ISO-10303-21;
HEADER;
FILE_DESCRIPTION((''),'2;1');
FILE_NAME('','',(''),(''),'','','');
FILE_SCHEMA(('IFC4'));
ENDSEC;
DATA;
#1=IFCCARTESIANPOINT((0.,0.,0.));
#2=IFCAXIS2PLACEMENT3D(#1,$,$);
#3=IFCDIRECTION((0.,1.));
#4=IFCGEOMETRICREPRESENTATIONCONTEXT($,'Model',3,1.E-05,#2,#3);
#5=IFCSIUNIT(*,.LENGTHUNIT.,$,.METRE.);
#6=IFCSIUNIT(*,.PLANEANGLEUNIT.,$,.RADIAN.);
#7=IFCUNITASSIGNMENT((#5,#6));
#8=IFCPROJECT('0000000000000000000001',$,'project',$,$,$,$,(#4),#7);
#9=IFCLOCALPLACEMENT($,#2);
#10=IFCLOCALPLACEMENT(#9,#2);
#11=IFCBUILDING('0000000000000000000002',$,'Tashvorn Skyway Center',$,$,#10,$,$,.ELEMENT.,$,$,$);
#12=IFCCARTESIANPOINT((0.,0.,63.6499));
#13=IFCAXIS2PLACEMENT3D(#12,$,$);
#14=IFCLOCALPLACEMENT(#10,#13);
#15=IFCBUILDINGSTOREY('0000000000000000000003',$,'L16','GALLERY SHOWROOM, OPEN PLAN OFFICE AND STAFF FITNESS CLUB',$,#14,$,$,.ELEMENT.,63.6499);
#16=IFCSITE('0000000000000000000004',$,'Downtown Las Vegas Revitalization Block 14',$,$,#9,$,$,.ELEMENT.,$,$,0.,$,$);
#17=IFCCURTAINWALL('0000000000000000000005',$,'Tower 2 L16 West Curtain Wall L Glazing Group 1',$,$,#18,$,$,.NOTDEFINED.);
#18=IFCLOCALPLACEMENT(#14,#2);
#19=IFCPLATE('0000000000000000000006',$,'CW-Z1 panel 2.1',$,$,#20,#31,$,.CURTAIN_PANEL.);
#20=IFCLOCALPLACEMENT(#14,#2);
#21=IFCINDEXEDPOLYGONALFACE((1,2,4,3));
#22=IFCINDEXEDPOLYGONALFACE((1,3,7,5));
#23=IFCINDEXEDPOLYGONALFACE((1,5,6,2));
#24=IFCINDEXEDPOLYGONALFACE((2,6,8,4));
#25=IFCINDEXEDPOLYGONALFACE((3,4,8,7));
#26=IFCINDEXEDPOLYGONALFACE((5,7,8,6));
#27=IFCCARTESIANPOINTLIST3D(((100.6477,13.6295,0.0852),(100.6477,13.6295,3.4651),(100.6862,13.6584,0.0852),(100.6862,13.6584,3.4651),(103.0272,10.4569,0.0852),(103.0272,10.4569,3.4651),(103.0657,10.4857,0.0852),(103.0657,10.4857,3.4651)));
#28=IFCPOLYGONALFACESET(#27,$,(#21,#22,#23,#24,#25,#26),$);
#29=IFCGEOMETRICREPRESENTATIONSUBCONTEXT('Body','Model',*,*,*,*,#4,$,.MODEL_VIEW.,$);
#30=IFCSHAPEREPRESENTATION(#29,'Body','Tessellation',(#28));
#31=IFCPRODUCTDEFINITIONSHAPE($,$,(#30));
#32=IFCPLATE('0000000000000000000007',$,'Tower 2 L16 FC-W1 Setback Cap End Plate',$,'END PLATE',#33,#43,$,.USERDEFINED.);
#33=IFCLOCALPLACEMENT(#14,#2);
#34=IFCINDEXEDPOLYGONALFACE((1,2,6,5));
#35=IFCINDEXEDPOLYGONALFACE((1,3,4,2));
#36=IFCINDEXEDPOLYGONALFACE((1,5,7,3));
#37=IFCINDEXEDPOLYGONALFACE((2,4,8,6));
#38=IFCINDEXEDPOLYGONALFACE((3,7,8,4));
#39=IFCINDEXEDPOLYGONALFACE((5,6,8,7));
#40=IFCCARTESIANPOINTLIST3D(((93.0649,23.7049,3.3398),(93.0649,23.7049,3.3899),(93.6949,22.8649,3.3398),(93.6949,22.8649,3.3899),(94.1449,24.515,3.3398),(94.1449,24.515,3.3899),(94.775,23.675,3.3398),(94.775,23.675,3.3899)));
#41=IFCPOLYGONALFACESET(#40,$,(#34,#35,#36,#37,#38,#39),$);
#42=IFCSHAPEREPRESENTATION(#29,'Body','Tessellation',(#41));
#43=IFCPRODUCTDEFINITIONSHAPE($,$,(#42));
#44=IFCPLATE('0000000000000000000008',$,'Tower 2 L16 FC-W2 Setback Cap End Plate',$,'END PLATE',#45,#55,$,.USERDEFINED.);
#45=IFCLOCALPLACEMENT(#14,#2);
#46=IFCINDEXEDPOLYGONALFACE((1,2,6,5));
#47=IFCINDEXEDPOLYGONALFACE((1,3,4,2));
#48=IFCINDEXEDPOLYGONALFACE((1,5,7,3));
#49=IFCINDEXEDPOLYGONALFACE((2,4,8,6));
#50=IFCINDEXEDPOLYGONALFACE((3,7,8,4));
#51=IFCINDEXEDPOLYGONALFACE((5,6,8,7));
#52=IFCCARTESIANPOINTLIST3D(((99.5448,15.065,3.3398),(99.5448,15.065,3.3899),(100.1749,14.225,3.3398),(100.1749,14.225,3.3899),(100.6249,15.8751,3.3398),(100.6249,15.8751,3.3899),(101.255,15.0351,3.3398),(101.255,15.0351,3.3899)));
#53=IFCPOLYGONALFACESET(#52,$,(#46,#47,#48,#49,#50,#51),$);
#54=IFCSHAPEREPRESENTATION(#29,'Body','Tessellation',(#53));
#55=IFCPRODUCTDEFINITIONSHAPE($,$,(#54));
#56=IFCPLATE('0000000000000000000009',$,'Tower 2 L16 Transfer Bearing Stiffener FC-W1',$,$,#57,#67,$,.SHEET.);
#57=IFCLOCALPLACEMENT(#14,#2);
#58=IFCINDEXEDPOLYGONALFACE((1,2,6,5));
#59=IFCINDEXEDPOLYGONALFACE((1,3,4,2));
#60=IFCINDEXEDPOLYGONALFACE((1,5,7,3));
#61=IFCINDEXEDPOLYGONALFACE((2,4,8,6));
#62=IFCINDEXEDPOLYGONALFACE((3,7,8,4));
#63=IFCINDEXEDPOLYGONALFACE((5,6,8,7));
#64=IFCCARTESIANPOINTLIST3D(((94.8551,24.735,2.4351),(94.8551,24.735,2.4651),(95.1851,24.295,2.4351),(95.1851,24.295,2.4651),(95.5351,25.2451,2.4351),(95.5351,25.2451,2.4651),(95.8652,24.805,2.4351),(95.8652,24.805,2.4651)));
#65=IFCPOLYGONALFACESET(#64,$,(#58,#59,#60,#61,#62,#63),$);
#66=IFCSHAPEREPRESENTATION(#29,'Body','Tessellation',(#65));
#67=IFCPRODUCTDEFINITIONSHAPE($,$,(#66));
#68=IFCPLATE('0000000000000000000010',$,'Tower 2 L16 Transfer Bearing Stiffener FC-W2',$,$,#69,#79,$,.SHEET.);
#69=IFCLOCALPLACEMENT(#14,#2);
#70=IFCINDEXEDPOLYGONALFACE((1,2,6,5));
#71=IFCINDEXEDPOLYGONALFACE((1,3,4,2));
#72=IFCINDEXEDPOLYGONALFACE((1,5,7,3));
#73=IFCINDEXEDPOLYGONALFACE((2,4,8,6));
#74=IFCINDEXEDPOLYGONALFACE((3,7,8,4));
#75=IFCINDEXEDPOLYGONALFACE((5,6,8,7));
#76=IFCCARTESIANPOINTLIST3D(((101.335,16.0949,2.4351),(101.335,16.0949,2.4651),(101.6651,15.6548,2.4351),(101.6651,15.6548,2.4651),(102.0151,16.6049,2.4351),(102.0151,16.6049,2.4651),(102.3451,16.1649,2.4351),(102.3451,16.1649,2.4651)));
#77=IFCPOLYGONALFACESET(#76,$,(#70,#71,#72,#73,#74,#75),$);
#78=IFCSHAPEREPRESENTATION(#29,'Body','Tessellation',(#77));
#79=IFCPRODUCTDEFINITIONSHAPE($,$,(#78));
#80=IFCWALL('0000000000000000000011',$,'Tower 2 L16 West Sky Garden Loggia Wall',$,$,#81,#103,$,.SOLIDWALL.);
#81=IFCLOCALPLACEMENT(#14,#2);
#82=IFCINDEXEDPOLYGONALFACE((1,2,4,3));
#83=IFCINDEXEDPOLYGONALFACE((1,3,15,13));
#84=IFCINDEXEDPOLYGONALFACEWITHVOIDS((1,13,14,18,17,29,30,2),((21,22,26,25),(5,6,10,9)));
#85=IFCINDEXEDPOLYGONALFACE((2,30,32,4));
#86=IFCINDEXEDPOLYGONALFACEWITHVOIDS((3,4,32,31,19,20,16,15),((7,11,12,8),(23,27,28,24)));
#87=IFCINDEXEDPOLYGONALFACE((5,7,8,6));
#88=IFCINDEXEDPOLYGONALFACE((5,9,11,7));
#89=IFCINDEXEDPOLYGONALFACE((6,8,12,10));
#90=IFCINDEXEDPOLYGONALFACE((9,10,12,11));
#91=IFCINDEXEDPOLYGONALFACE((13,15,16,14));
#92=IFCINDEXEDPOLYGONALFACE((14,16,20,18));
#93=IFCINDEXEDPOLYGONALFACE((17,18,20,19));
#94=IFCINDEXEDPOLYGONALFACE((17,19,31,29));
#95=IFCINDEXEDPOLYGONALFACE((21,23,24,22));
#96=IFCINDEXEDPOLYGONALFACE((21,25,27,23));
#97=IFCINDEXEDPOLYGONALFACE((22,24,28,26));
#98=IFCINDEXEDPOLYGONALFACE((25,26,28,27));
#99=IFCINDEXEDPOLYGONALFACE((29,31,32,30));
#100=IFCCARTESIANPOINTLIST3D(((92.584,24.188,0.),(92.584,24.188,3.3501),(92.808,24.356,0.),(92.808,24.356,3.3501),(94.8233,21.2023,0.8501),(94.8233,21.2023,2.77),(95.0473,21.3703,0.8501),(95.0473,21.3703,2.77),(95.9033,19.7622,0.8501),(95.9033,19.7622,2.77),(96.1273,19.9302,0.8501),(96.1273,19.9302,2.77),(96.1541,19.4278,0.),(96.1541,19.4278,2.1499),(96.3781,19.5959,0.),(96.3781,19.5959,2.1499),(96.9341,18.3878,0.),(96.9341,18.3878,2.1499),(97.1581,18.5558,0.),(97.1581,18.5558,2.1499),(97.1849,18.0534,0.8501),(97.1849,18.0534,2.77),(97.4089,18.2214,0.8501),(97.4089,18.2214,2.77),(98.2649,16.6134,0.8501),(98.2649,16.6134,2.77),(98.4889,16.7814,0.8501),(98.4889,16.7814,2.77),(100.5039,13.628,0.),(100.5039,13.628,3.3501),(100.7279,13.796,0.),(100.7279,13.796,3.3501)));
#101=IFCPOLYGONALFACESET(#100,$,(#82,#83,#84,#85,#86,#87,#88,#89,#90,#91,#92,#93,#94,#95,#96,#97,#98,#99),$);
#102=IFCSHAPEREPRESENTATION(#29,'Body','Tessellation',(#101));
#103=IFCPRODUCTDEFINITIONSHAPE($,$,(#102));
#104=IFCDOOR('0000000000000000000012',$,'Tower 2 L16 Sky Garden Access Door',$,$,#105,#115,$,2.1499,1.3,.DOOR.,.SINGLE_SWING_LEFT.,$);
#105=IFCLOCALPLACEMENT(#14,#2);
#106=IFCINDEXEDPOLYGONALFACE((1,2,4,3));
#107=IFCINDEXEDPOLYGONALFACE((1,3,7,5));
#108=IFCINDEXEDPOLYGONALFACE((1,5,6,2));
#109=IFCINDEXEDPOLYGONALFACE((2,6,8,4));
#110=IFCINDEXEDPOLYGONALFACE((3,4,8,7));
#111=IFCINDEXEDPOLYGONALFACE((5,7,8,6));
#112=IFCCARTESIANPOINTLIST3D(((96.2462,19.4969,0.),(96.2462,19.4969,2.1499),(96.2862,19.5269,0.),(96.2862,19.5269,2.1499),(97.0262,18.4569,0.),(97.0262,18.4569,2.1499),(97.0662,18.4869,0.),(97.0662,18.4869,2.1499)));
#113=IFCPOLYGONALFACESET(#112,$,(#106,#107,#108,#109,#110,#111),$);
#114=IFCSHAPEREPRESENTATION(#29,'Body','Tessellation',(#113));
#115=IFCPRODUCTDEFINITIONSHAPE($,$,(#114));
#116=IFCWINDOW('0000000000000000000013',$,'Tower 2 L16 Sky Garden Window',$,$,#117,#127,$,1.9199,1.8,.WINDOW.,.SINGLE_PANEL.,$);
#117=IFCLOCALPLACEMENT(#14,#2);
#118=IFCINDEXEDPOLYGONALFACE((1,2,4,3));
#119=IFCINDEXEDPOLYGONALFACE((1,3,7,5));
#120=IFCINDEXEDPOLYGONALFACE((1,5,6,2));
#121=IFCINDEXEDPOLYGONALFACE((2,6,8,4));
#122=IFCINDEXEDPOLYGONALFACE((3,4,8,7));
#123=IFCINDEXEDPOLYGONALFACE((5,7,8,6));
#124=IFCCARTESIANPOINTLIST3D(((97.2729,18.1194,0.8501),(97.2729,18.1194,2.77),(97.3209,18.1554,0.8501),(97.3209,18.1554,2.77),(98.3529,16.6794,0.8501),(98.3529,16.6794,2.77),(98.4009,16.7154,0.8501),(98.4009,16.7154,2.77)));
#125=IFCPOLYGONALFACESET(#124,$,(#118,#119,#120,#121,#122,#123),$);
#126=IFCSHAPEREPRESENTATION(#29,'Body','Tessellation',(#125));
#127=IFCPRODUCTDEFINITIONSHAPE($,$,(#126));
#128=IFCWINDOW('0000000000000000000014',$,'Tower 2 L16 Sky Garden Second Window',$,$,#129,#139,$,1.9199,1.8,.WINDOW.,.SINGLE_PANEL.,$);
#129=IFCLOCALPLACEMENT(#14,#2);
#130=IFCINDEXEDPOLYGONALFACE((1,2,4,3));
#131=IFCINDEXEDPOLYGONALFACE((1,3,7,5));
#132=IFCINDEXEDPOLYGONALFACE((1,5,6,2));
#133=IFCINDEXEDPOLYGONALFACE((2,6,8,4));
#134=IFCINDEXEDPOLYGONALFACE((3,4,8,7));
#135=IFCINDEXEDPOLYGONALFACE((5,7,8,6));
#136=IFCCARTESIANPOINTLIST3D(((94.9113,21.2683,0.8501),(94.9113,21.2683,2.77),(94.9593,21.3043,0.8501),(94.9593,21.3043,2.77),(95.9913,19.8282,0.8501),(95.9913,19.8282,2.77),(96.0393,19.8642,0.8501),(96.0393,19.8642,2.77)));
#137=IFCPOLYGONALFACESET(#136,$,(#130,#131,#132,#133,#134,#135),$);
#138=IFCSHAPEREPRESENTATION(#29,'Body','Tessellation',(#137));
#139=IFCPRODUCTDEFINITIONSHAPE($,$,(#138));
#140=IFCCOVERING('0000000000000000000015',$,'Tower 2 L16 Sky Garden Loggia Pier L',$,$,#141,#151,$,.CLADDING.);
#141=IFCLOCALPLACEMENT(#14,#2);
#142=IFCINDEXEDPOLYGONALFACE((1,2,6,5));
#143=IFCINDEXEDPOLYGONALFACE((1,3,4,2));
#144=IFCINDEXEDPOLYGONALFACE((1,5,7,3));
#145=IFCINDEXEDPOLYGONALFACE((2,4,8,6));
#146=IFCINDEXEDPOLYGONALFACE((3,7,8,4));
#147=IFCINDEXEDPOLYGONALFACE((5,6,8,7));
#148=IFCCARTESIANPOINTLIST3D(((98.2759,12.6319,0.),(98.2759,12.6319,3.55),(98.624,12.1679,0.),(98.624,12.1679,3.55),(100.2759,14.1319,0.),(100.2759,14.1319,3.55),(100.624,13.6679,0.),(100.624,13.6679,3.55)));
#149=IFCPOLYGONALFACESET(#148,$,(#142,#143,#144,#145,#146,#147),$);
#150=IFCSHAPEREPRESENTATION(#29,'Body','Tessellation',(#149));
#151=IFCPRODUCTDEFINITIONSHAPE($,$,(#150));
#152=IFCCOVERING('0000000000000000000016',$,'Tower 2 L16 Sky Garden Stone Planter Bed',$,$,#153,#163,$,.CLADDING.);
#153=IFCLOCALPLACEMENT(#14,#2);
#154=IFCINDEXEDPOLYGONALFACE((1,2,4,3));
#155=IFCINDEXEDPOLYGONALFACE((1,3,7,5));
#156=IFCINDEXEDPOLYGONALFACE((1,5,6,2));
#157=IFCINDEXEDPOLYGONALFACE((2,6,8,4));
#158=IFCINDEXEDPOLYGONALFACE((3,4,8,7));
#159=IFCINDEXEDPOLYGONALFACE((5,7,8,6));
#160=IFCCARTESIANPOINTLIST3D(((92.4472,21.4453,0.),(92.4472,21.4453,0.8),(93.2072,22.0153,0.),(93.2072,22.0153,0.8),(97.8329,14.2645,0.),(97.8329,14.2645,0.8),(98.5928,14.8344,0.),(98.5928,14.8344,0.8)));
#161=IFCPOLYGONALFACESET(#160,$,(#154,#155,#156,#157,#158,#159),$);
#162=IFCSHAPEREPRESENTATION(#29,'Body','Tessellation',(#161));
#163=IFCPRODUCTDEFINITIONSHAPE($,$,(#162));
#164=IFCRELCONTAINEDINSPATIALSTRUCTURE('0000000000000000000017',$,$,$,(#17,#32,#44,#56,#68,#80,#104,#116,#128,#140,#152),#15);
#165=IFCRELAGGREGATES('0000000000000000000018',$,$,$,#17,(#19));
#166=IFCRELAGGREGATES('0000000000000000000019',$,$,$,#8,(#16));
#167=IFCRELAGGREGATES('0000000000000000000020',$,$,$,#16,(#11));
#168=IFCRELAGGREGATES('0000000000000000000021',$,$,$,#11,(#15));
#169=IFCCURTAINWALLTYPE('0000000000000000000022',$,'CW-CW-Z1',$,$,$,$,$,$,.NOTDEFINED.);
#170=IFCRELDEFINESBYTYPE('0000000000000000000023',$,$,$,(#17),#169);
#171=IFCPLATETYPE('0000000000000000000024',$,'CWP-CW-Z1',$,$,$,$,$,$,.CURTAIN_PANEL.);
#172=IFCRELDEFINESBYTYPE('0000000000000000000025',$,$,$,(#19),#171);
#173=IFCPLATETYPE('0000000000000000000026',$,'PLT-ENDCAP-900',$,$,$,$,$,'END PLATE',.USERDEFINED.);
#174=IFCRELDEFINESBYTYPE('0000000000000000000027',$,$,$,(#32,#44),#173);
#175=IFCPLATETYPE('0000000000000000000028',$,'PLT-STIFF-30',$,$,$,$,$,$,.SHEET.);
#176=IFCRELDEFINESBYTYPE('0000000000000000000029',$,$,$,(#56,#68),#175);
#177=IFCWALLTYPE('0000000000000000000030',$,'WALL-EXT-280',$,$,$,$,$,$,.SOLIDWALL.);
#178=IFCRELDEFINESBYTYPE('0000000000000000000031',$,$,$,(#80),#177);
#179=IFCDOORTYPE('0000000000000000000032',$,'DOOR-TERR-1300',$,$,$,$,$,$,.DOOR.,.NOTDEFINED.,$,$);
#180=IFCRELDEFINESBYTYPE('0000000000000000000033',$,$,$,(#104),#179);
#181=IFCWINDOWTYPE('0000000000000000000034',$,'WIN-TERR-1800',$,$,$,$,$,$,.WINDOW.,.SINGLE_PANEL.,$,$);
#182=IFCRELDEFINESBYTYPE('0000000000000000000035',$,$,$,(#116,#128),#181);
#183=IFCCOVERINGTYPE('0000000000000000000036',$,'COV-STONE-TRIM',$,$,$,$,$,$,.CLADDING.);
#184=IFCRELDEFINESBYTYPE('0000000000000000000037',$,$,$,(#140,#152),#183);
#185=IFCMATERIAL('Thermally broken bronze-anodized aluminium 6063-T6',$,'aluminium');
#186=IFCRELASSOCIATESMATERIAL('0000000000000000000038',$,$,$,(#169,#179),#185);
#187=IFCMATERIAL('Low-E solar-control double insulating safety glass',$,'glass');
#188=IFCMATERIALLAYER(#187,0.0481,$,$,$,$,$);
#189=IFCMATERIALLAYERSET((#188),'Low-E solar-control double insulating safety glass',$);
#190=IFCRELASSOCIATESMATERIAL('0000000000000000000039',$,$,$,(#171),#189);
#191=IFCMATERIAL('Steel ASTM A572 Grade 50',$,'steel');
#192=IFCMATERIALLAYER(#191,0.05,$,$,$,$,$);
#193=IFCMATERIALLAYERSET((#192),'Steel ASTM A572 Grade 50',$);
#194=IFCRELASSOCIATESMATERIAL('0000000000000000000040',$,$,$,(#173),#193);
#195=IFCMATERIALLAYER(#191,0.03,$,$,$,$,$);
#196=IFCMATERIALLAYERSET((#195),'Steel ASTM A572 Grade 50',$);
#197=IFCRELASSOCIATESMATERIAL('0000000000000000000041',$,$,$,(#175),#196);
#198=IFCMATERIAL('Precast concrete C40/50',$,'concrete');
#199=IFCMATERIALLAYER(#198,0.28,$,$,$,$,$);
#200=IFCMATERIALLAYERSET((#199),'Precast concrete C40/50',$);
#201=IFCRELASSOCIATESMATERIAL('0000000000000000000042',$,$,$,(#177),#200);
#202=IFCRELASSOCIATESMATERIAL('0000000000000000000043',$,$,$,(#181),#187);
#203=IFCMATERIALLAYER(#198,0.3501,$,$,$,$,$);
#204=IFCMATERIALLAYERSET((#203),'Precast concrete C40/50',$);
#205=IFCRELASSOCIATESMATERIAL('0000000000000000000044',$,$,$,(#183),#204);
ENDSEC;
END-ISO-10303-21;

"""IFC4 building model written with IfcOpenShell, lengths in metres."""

from ifc_helpers import new_model, si_unit, direction, frame, frame_2d, origin, origin_2d, place, context, subcontext, project, spatial, rectangle, extrude, material, layer, layer_set, type_object, element, fill, aggregate, save


model = new_model("IFC4")

# Units and contexts
model_context = context("Model", 3, precision=1e-05, world=origin(), true_north=direction((0.0, 1.0)))
body_context = subcontext(model_context, "Body", "Model", "MODEL_VIEW")
ifc_project = project(units=[si_unit("LENGTHUNIT", "METRE"), si_unit("PLANEANGLEUNIT", "RADIAN")], contexts=[model_context])

# Site, building, storey
site_placement = place(None, origin())
site = spatial("IfcSite", under=ifc_project, at=site_placement, Name="Downtown Las Vegas Revitalization Block 14", CompositionType="ELEMENT", RefElevation=0.0)
building_placement = place(site_placement, origin())
building = spatial("IfcBuilding", under=site, at=building_placement, Name="Tashvorn Skyway Center", CompositionType="ELEMENT")
storey_placement = place(building_placement, frame((0.0, 0.0, 63.6499)))
storey = spatial("IfcBuildingStorey", under=building, at=storey_placement, Name="L16", Description="GALLERY SHOWROOM, OPEN PLAN OFFICE AND STAFF FITNESS CLUB", CompositionType="ELEMENT", Elevation=63.6499)

# Shared definitions
ifc_material_1 = material(Name="Steel ASTM A572 Grade 50", Category="steel")

# Curtain wall, plate
ifc_material_2 = material(Name="Thermally broken bronze-anodized aluminium 6063-T6", Category="aluminium")
curtain_wall_type = type_object("IfcCurtainWallType", Name="CW-CW-Z1", PredefinedType="NOTDEFINED", material=ifc_material_2)
curtain_wall_placement = place(storey_placement, origin())
curtain_wall = element("IfcCurtainWall", 1, at=curtain_wall_placement, inside=storey, type_object=curtain_wall_type, Name="Tower 2 L16 West Curtain Wall L Glazing Group 1", PredefinedType="NOTDEFINED")
ifc_material_3 = material(Name="Low-E solar-control double insulating safety glass", Category="glass")
ifc_layer_1 = layer(ifc_material_3, 0.0481)
ifc_layer_set_1 = layer_set([ifc_layer_1], Name="Low-E solar-control double insulating safety glass")
plate_type_1 = type_object("IfcPlateType", Name="CWP-CW-Z1", PredefinedType="CURTAIN_PANEL", material=ifc_layer_set_1)
plate_placement = place(storey_placement, frame((101.8567, 12.0576, 0.0852), z_axis=(0.0, 0.0, 1.0), x_axis=(-0.600002, 0.799999, 0.0)))
plate = element("IfcPlate", 2, at=plate_placement, type_object=plate_type_1, Name="CW-Z1 panel 2.1", PredefinedType="CURTAIN_PANEL", context=body_context, shape_type="SweptSolid", body=[
    extrude(rectangle(XDim=3.9658, YDim=0.0481, at=origin_2d()), origin(), (0.0, 0.0, 1.0), 3.3799),
])
aggregate(curtain_wall, [plate])

# Plates
ifc_layer_2 = layer(ifc_material_1, 0.05)
ifc_layer_set_2 = layer_set([ifc_layer_2], Name="Steel ASTM A572 Grade 50")
plate_type_2 = type_object("IfcPlateType", Name="PLT-ENDCAP-900", ElementType="END PLATE", PredefinedType="USERDEFINED", material=ifc_layer_set_2)
for number, where, z_axis, x_axis, name in (
    (3, (93.9199, 23.6899, 3.3398), (0.0, 0.0, 1.0), (0.8, 0.6, 0.0), "Tower 2 L16 FC-W1 Setback Cap End Plate"),
    (4, (100.3999, 15.05, 3.3398), (0.0, 0.0, 1.0), (0.8, 0.6, 0.0), "Tower 2 L16 FC-W2 Setback Cap End Plate"),
):
    element("IfcPlate", number, at=place(storey_placement, frame(where, z_axis=z_axis, x_axis=x_axis)), inside=storey, type_object=plate_type_2, Name=name, ObjectType="END PLATE", PredefinedType="USERDEFINED", context=body_context, shape_type="SweptSolid", body=[
        extrude(rectangle(XDim=1.3501, YDim=1.05, at=origin_2d()), origin(), (0.0, 0.0, 1.0), 0.05),
    ])
ifc_layer_3 = layer(ifc_material_1, 0.03)
ifc_layer_set_3 = layer_set([ifc_layer_3], Name="Steel ASTM A572 Grade 50")
plate_type_3 = type_object("IfcPlateType", Name="PLT-STIFF-30", PredefinedType="SHEET", material=ifc_layer_set_3)
for number, where, z_axis, x_axis, name in (
    (5, (95.3601, 24.77, 2.4351), (0.0, 0.0, 1.0), (0.8, 0.6, 0.0), "Tower 2 L16 Transfer Bearing Stiffener FC-W1"),
    (6, (101.8401, 16.1299, 2.4351), (0.0, 0.0, 1.0), (0.8, 0.6, 0.0), "Tower 2 L16 Transfer Bearing Stiffener FC-W2"),
):
    element("IfcPlate", number, at=place(storey_placement, frame(where, z_axis=z_axis, x_axis=x_axis)), inside=storey, type_object=plate_type_3, Name=name, PredefinedType="SHEET", context=body_context, shape_type="SweptSolid", body=[
        extrude(rectangle(XDim=0.8501, YDim=0.55, at=origin_2d()), origin(), (0.0, 0.0, 1.0), 0.03),
    ])

# Wall, openings, door, windows
ifc_material_4 = material(Name="Precast concrete C40/50", Category="concrete")
ifc_layer_4 = layer(ifc_material_4, 0.28)
ifc_layer_set_4 = layer_set([ifc_layer_4], Name="Precast concrete C40/50")
wall_type = type_object("IfcWallType", Name="WALL-EXT-280", PredefinedType="SOLIDWALL", material=ifc_layer_set_4)
wall_placement = place(storey_placement, frame((100.616, 13.7119, 0.0), z_axis=(0.0, 0.0, 1.0), x_axis=(-0.599994, 0.800004, 0.0)))
wall = element("IfcWall", 7, at=wall_placement, inside=storey, type_object=wall_type, Name="Tower 2 L16 West Sky Garden Loggia Wall", PredefinedType="SOLIDWALL", context=body_context, shape_type="SweptSolid", body=[
    extrude(rectangle(XDim=13.2, YDim=0.28, at=frame_2d((6.6001, 0.0))), origin(), (0.0, 0.0, 1.0), 3.3501),
])
opening_1_placement = place(wall_placement, frame((5.95, 0.0, 0.0)))
opening_1 = element("IfcOpeningElement", 8, at=opening_1_placement, cuts=wall, PredefinedType="OPENING", context=body_context, shape_type="SweptSolid", body=[
    extrude(rectangle(XDim=1.3, YDim=2.1499, at=frame_2d((0.6499, 1.075))), frame((0.0, 0.1499, 0.0), z_axis=(0.0, -1.0, 0.0), x_axis=(1.0, 0.0, 0.0)), (0.0, 0.0, 1.0), 0.3),
])
opening_2_placement = place(wall_placement, frame((3.7319, 0.0, 0.8501)))
opening_2 = element("IfcOpeningElement", 9, at=opening_2_placement, cuts=wall, PredefinedType="OPENING", context=body_context, shape_type="SweptSolid", body=[
    extrude(rectangle(XDim=1.8, YDim=1.9199, at=frame_2d((0.8999, 0.96))), frame((0.0, 0.1499, 0.0), z_axis=(0.0, -1.0, 0.0), x_axis=(1.0, 0.0, 0.0)), (0.0, 0.0, 1.0), 0.3),
])
opening_3_placement = place(wall_placement, frame((7.668, 0.0, 0.8501)))
opening_3 = element("IfcOpeningElement", 10, at=opening_3_placement, cuts=wall, PredefinedType="OPENING", context=body_context, shape_type="SweptSolid", body=[
    extrude(rectangle(XDim=1.8, YDim=1.9199, at=frame_2d((0.8999, 0.96))), frame((0.0, 0.1499, 0.0), z_axis=(0.0, -1.0, 0.0), x_axis=(1.0, 0.0, 0.0)), (0.0, 0.0, 1.0), 0.3),
])
door_type = type_object("IfcDoorType", Name="DOOR-TERR-1300", OperationType="NOTDEFINED", PredefinedType="DOOR", material=ifc_material_2)
door_placement = place(opening_1_placement, origin())
door = element("IfcDoor", 11, at=door_placement, inside=storey, type_object=door_type, Name="Tower 2 L16 Sky Garden Access Door", OperationType="SINGLE_SWING_LEFT", OverallHeight=2.1499, OverallWidth=1.3, PredefinedType="DOOR", context=body_context, shape_type="SweptSolid", body=[
    extrude(rectangle(XDim=1.3, YDim=2.1499, at=frame_2d((0.6499, 1.075))), frame((0.0, 0.0249, 0.0), z_axis=(0.0, -1.0, 0.0), x_axis=(1.0, 0.0, 0.0)), (0.0, 0.0, 1.0), 0.05),
])
fill(opening_1, door)
window_type = type_object("IfcWindowType", Name="WIN-TERR-1800", PartitioningType="SINGLE_PANEL", PredefinedType="WINDOW", material=ifc_material_3)
window_1_placement = place(opening_2_placement, origin())
window_1 = element("IfcWindow", 12, at=window_1_placement, inside=storey, type_object=window_type, Name="Tower 2 L16 Sky Garden Window", OverallHeight=1.9199, OverallWidth=1.8, PartitioningType="SINGLE_PANEL", PredefinedType="WINDOW", context=body_context, shape_type="SweptSolid", body=[
    extrude(rectangle(XDim=1.8, YDim=1.9199, at=frame_2d((0.8999, 0.96))), frame((0.0, 0.03, 0.0), z_axis=(0.0, -1.0, 0.0), x_axis=(1.0, 0.0, 0.0)), (0.0, 0.0, 1.0), 0.0601),
])
fill(opening_2, window_1)
window_2_placement = place(opening_3_placement, origin())
window_2 = element("IfcWindow", 13, at=window_2_placement, inside=storey, type_object=window_type, Name="Tower 2 L16 Sky Garden Second Window", OverallHeight=1.9199, OverallWidth=1.8, PartitioningType="SINGLE_PANEL", PredefinedType="WINDOW", context=body_context, shape_type="SweptSolid", body=[
    extrude(rectangle(XDim=1.8, YDim=1.9199, at=frame_2d((0.8999, 0.96))), frame((0.0, 0.03, 0.0), z_axis=(0.0, -1.0, 0.0), x_axis=(1.0, 0.0, 0.0)), (0.0, 0.0, 1.0), 0.0601),
])
fill(opening_3, window_2)

# Coverings
ifc_layer_5 = layer(ifc_material_4, 0.3501)
ifc_layer_set_5 = layer_set([ifc_layer_5], Name="Precast concrete C40/50")
covering_type = type_object("IfcCoveringType", Name="COV-STONE-TRIM", PredefinedType="CLADDING", material=ifc_layer_set_5)
covering_1_placement = place(storey_placement, frame((99.45, 13.1499, 0.0), z_axis=(0.0, 0.0, 1.0), x_axis=(-0.6, 0.8, 0.0)))
element("IfcCovering", 14, at=covering_1_placement, inside=storey, type_object=covering_type, Name="Tower 2 L16 Sky Garden Loggia Pier L", PredefinedType="CLADDING", context=body_context, shape_type="SweptSolid", body=[
    extrude(rectangle(XDim=0.5801, YDim=2.5, at=origin_2d()), origin(), (0.0, 0.0, 1.0), 3.55),
])
covering_2_placement = place(storey_placement, frame((95.52, 18.1399, 0.0), z_axis=(0.0, 0.0, 1.0), x_axis=(-0.6, 0.8, 0.0)))
element("IfcCovering", 15, at=covering_2_placement, inside=storey, type_object=covering_type, Name="Tower 2 L16 Sky Garden Stone Planter Bed", PredefinedType="CLADDING", context=body_context, shape_type="SweptSolid", body=[
    extrude(rectangle(XDim=8.9761, YDim=0.95, at=origin_2d()), origin(), (0.0, 0.0, 1.0), 0.8),
])

save(model, "model.ifc")
